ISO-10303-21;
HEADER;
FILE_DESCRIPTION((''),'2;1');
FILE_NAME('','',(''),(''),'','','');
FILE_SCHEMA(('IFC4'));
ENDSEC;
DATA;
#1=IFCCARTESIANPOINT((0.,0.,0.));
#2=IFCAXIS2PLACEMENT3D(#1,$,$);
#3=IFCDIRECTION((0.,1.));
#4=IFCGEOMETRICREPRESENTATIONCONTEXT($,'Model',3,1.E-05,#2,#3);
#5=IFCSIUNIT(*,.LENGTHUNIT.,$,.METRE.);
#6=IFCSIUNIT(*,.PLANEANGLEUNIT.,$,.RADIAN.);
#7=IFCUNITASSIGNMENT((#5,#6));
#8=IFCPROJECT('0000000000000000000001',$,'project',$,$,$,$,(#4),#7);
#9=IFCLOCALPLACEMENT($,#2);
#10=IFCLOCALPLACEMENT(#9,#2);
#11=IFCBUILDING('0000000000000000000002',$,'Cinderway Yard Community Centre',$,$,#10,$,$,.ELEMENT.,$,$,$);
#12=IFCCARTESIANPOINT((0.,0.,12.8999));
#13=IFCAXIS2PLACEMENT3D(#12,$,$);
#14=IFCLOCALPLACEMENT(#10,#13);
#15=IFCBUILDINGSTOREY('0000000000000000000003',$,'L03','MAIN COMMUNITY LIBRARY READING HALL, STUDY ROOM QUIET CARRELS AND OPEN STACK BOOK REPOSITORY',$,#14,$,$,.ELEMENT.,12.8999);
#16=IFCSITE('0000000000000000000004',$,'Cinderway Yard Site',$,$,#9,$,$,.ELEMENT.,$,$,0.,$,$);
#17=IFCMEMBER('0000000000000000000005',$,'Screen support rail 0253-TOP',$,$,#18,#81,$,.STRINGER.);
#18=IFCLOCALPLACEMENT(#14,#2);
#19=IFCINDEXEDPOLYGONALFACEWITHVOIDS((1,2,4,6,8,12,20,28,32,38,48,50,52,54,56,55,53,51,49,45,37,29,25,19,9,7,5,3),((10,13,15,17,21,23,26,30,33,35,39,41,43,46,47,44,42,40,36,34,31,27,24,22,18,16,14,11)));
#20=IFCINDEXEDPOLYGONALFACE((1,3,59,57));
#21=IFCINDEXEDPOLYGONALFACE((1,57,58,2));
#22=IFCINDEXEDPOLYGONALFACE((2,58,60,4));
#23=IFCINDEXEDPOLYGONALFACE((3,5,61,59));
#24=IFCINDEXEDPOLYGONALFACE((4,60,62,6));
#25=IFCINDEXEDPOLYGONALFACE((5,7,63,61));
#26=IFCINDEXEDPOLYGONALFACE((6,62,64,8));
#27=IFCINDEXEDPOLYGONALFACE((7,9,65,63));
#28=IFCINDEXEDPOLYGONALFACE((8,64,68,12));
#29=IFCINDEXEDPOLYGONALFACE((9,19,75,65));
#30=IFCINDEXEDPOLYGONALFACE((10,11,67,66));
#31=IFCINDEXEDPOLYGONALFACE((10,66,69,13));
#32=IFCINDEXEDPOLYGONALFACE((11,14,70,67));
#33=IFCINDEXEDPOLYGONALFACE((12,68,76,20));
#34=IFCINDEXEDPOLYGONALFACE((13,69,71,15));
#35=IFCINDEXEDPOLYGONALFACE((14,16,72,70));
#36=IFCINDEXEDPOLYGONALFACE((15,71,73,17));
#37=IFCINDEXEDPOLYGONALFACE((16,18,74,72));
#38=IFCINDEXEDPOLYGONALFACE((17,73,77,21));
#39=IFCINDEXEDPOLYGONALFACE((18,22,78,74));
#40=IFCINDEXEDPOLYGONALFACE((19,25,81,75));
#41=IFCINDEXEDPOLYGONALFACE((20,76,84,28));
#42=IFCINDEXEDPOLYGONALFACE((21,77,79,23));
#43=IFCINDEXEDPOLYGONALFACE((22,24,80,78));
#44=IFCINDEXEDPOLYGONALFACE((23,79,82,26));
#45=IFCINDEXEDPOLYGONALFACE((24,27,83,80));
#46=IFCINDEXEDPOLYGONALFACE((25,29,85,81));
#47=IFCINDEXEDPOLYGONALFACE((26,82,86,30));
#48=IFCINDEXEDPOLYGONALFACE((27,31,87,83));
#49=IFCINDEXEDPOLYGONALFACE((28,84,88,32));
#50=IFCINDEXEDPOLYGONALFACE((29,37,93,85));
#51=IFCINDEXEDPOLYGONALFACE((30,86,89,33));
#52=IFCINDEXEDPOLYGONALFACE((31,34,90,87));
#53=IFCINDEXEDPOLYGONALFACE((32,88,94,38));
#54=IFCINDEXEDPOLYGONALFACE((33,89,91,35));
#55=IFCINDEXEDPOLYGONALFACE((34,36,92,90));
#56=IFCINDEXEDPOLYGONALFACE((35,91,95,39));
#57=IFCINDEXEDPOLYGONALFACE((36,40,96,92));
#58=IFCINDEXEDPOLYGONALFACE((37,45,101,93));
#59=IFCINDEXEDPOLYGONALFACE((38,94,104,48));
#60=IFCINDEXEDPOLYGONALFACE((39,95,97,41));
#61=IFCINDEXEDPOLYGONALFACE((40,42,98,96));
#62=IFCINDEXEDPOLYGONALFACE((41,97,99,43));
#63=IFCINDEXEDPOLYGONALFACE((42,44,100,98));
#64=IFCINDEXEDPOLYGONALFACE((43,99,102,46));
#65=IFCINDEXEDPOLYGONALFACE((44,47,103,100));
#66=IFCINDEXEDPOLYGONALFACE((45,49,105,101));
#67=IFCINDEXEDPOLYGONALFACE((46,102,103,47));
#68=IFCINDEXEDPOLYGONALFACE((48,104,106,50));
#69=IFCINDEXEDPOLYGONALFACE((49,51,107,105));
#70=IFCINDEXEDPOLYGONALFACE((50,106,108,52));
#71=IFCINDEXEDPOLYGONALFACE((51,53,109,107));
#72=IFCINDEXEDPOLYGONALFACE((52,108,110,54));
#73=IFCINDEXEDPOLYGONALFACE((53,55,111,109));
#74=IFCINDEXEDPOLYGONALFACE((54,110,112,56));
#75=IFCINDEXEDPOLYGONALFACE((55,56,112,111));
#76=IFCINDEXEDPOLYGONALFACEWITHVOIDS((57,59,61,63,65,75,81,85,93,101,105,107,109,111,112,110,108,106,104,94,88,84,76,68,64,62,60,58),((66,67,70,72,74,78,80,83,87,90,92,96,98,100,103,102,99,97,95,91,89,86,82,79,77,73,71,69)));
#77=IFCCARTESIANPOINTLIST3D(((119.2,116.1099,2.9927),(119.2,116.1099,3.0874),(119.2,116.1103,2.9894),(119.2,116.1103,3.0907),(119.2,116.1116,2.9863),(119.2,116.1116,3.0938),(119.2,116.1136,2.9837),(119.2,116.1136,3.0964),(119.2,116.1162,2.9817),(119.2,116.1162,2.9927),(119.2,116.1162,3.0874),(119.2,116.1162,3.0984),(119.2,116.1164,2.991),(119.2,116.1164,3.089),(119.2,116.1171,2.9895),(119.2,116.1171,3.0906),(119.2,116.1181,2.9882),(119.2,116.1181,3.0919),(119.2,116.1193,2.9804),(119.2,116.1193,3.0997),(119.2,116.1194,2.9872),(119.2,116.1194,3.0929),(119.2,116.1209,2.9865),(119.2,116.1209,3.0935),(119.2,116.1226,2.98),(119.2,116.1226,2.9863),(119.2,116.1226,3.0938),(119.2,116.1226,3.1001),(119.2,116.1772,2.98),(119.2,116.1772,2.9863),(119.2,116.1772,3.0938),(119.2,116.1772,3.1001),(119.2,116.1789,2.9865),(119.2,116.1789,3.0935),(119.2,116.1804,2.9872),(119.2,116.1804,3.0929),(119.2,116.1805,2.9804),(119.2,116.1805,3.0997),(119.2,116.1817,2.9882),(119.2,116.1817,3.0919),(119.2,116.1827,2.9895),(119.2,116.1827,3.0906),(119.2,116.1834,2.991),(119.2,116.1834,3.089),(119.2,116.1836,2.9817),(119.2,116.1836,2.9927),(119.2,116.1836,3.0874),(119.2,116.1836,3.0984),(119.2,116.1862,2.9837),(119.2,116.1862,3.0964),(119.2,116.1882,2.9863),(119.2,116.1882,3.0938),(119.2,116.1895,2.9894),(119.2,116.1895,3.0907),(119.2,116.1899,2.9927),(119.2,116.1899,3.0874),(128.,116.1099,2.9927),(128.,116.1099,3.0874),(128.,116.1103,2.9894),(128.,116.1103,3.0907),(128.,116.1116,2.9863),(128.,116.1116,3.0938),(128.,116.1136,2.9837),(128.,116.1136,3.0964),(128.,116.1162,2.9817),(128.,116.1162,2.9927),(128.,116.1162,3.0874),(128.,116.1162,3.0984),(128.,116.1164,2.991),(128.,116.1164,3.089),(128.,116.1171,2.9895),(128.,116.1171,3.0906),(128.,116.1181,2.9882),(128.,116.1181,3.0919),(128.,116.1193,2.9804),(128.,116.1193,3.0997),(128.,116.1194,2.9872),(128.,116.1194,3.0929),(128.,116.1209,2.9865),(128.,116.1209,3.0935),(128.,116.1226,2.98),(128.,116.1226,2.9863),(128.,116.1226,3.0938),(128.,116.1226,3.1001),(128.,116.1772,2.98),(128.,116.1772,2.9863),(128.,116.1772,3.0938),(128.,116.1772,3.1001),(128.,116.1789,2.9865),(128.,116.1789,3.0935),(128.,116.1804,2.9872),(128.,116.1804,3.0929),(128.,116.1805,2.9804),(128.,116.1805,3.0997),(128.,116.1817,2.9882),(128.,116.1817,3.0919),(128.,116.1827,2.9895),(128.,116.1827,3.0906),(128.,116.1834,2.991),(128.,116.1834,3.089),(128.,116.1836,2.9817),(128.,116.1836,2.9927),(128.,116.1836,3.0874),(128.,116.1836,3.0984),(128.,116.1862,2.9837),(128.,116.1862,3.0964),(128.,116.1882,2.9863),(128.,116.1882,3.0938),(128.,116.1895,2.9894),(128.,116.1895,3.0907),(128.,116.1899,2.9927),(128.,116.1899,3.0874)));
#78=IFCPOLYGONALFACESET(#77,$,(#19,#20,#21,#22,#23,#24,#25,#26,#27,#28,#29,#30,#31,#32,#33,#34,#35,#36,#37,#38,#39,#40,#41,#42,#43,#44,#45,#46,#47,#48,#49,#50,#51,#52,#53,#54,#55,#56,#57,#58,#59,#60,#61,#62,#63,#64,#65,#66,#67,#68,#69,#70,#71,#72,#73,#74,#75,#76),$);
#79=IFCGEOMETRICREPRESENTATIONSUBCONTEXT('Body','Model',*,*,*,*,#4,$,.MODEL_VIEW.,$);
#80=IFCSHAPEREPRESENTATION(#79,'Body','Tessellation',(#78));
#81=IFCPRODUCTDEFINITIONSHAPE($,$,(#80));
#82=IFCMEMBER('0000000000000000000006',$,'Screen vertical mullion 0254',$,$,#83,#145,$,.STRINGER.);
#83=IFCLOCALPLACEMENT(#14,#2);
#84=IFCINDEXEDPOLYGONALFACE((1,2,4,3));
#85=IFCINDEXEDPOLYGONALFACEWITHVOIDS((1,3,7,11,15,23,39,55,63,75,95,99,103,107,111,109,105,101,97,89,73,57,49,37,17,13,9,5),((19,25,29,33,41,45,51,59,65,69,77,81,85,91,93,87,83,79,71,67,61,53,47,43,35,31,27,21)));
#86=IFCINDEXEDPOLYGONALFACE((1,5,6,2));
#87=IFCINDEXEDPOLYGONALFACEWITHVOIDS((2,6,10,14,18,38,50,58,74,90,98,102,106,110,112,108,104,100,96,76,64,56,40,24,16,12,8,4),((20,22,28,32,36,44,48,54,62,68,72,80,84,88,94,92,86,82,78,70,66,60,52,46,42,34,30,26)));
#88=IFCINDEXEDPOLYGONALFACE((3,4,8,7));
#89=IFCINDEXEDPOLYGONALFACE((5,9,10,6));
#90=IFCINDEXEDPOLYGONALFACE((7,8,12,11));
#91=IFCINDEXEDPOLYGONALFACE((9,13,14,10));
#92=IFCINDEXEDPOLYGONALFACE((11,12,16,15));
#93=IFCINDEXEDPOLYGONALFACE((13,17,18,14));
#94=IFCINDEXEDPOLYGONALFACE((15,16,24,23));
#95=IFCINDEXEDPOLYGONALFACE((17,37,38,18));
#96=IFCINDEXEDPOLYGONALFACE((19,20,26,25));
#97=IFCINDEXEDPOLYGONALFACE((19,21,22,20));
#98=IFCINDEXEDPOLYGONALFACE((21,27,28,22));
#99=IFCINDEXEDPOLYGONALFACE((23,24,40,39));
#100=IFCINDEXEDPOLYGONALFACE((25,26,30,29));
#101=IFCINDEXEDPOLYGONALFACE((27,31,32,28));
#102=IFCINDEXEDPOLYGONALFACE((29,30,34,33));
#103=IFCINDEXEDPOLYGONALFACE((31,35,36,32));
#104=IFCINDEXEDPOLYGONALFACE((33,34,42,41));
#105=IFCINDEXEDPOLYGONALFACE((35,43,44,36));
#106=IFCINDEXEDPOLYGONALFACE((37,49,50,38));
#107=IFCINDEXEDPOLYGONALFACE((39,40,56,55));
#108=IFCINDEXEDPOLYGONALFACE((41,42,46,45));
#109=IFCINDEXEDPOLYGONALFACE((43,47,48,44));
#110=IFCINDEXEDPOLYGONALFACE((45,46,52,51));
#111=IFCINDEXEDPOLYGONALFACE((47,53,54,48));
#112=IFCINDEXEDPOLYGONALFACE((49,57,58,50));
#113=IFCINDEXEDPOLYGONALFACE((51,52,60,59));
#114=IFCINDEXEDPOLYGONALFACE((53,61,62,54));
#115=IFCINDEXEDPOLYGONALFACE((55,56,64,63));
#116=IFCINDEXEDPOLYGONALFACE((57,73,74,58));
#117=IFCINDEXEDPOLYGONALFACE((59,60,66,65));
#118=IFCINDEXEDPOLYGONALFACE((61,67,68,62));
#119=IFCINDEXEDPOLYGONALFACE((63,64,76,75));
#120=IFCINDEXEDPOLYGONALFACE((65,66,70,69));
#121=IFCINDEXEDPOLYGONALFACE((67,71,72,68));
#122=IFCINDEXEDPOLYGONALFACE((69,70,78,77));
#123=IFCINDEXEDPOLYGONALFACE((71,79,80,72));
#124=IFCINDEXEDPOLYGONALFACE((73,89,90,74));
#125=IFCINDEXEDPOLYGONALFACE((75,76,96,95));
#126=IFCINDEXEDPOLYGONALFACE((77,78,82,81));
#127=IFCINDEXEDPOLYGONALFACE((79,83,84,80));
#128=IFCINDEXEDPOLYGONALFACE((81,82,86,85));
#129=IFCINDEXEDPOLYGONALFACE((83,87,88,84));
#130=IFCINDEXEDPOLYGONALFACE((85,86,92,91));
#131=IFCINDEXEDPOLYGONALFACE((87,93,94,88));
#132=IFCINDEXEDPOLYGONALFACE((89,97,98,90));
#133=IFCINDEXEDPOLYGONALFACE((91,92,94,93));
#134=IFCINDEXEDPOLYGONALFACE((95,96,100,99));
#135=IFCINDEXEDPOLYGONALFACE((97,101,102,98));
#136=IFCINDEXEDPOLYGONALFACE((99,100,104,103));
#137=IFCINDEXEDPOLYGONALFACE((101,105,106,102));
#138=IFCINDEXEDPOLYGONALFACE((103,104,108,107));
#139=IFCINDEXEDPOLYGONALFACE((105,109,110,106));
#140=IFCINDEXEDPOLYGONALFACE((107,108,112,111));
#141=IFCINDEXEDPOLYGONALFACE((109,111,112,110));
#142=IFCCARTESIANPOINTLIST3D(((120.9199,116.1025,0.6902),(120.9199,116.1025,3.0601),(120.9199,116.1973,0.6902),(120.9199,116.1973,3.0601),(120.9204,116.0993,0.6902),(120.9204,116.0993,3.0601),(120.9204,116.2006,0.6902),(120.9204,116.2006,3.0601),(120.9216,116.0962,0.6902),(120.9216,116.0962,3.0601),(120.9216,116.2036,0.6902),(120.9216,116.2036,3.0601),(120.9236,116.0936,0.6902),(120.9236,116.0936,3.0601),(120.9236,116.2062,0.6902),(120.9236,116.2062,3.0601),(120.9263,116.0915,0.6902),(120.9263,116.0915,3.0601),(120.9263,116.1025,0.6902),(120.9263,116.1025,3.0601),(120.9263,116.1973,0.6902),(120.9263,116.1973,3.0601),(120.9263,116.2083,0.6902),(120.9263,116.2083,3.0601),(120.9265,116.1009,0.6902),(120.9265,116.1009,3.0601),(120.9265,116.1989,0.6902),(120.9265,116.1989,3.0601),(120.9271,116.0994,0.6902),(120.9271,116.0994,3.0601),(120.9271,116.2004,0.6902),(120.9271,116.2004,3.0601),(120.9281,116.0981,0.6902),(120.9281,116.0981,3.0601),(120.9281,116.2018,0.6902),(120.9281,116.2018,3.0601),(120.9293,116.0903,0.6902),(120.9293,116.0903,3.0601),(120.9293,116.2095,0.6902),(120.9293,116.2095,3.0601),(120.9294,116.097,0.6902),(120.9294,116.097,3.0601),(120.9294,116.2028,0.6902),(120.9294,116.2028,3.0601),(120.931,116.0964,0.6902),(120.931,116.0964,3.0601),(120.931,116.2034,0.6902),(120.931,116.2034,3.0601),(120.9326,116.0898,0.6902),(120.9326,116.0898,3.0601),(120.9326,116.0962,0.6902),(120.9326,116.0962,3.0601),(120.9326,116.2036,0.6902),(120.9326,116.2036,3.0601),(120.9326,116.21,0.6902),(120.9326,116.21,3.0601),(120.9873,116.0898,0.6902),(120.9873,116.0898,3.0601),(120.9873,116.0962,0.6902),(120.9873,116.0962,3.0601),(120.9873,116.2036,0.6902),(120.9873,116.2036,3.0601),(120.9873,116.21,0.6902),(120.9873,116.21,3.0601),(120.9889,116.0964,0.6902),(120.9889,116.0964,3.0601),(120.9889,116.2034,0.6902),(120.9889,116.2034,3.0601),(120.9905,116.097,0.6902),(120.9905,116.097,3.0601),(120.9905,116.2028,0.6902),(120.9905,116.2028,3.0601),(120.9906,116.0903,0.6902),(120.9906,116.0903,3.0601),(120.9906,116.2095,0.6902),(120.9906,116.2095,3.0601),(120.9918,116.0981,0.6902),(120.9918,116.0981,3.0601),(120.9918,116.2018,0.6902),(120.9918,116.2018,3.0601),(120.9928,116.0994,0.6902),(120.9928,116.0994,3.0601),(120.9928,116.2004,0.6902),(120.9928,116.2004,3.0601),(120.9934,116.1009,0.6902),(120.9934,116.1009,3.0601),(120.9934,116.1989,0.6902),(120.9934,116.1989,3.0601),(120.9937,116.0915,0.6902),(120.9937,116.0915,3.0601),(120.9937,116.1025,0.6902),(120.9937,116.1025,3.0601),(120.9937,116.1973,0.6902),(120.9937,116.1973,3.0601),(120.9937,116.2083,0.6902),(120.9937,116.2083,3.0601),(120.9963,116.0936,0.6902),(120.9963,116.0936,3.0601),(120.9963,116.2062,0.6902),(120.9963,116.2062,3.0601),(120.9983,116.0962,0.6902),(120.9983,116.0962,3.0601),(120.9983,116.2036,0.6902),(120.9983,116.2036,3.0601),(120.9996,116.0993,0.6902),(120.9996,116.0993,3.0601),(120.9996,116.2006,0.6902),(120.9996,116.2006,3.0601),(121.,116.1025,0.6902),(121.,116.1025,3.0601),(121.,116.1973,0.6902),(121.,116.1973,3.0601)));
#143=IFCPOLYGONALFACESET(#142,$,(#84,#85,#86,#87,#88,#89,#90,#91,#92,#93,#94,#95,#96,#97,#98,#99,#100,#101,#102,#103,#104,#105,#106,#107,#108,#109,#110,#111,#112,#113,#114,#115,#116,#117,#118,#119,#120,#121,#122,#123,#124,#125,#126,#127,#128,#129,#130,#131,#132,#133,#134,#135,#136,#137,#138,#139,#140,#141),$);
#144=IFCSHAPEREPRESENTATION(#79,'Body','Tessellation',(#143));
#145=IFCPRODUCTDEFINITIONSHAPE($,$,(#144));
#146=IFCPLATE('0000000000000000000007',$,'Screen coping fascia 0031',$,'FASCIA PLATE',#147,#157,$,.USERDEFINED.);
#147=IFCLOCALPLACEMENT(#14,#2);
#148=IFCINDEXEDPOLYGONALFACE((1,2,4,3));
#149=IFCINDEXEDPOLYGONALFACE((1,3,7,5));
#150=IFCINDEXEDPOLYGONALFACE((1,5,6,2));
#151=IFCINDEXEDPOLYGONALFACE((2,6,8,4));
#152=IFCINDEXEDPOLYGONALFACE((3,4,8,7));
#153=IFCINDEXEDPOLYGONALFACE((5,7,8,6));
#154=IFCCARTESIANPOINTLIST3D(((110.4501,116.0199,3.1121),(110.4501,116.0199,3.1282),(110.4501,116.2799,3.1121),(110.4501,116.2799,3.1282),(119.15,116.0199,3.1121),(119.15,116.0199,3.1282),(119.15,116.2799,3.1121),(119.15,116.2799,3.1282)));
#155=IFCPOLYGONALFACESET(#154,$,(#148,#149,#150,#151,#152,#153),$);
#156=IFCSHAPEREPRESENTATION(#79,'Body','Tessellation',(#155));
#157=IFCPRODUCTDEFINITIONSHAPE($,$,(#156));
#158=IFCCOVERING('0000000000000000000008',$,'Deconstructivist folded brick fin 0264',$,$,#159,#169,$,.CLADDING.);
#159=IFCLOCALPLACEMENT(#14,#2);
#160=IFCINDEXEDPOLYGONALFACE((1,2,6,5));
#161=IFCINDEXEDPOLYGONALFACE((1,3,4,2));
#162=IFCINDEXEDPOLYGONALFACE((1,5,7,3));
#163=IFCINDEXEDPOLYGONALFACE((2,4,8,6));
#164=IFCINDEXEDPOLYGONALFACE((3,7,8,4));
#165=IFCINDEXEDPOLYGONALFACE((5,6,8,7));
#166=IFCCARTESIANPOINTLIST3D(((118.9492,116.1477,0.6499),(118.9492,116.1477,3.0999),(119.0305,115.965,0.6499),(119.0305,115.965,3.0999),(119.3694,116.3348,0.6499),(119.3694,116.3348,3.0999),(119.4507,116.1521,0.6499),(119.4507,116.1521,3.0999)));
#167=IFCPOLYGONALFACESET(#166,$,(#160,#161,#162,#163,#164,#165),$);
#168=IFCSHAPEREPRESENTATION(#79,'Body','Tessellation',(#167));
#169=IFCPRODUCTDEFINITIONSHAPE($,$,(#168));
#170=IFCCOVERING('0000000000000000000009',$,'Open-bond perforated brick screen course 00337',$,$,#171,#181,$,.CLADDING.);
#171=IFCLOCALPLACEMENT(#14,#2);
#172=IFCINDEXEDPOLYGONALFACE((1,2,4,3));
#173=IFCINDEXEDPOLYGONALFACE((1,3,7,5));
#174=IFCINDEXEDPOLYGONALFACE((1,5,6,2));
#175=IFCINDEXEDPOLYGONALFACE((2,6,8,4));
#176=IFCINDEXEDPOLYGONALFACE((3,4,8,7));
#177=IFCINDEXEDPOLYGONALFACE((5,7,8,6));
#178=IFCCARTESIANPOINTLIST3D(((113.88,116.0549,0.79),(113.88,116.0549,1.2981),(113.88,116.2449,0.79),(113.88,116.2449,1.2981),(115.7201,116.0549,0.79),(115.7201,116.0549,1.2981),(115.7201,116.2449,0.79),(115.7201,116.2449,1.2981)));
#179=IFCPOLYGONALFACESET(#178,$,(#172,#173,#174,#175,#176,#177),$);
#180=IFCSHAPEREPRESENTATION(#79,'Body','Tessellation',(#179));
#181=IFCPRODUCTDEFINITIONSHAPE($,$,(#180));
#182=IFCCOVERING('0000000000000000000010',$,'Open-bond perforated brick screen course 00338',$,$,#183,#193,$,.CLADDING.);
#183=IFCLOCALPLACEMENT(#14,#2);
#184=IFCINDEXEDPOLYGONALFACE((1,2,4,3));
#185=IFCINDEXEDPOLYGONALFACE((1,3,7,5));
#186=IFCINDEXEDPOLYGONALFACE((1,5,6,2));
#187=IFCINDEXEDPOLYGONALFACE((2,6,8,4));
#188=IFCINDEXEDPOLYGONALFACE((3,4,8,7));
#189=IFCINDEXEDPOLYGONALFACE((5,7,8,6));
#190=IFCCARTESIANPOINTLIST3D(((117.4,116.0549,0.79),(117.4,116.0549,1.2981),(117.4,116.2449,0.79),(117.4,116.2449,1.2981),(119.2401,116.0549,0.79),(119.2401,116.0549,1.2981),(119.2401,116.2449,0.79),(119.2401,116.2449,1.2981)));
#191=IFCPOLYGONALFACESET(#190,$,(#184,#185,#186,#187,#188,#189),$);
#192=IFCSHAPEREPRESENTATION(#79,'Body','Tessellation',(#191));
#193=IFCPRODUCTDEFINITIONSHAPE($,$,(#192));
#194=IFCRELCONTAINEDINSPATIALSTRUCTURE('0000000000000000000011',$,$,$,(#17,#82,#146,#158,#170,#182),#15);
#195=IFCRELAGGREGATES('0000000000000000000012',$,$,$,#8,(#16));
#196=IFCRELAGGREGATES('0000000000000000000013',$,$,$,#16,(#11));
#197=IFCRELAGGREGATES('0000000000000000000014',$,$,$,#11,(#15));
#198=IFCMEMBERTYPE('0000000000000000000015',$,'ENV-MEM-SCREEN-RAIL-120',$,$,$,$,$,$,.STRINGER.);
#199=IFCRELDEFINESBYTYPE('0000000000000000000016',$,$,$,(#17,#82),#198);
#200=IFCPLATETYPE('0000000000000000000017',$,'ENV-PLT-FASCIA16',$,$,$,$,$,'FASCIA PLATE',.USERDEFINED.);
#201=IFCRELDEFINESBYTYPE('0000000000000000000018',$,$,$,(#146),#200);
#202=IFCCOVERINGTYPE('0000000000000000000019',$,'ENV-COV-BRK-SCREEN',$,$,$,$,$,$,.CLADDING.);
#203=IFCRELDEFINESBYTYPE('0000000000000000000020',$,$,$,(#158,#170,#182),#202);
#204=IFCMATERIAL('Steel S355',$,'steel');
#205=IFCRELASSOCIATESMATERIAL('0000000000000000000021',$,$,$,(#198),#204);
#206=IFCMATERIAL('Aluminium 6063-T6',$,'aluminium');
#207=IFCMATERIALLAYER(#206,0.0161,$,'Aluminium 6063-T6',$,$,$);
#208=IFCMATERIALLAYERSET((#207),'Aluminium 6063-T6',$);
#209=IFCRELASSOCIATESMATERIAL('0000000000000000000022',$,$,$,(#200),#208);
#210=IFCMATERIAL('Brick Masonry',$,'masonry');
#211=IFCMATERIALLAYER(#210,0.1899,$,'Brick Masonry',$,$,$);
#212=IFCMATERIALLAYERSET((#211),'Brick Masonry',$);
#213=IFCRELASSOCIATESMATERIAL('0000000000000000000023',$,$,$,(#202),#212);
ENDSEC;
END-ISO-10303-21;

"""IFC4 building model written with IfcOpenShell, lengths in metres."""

from ifc_helpers import new_model, si_unit, direction, frame, origin, origin_2d, place, context, subcontext, project, spatial, rectangle, hollow_rectangle, extrude, material, layer, layer_set, material_profile, profile_set, type_object, element, save


model = new_model("IFC4")

# Units and contexts
model_context = context("Model", 3, precision=1e-05, world=origin(), true_north=direction((0.0, 1.0)))
body_context = subcontext(model_context, "Body", "Model", "MODEL_VIEW")
ifc_project = project(units=[si_unit("LENGTHUNIT", "METRE"), si_unit("PLANEANGLEUNIT", "RADIAN")], contexts=[model_context])

# Site, building, storey
site_placement = place(None, origin())
site = spatial("IfcSite", under=ifc_project, at=site_placement, Name="Cinderway Yard Site", CompositionType="ELEMENT", RefElevation=0.0)
building_placement = place(site_placement, origin())
building = spatial("IfcBuilding", under=site, at=building_placement, Name="Cinderway Yard Community Centre", CompositionType="ELEMENT")
storey_placement = place(building_placement, frame((0.0, 0.0, 12.8999)))
storey = spatial("IfcBuildingStorey", under=building, at=storey_placement, Name="L03", Description="MAIN COMMUNITY LIBRARY READING HALL, STUDY ROOM QUIET CARRELS AND OPEN STACK BOOK REPOSITORY", CompositionType="ELEMENT", Elevation=12.8999)

# Members
ifc_material_1 = material(Name="Steel S355", Category="steel")
ifc_material_profile = material_profile(ifc_material_1, hollow_rectangle(XDim=0.0801, YDim=0.1201, WallThickness=0.0063, InnerFilletRadius=0.0063, OuterFilletRadius=0.0127, at=origin_2d()), Name="Steel S355")
ifc_profile_set = profile_set([ifc_material_profile], Name="Steel S355")
member_type = type_object("IfcMemberType", Name="ENV-MEM-SCREEN-RAIL-120", PredefinedType="STRINGER", material=ifc_profile_set)
for number, where, z_axis, x_axis, name in (
    (1, (119.2, 116.1499, 3.04), (1.0, 0.0, 0.0), (0.0, 1.0, 0.0), "Screen support rail 0253-TOP"),
):
    element("IfcMember", number, at=place(storey_placement, frame(where, z_axis=z_axis, x_axis=x_axis)), inside=storey, type_object=member_type, Name=name, PredefinedType="STRINGER", context=body_context, shape_type="SweptSolid", body=[
        extrude(hollow_rectangle(XDim=0.0801, YDim=0.1201, WallThickness=0.0063, InnerFilletRadius=0.0063, OuterFilletRadius=0.0127, at=origin_2d()), origin(), (0.0, 0.0, 1.0), 8.8),
    ])
member_placement = place(storey_placement, frame((120.96, 116.1499, 0.6902), z_axis=(0.0, 0.0, 1.0), x_axis=(1.0, 0.0, 0.0)))
element("IfcMember", 2, at=member_placement, inside=storey, type_object=member_type, Name="Screen vertical mullion 0254", PredefinedType="STRINGER", context=body_context, shape_type="SweptSolid", body=[
    extrude(hollow_rectangle(XDim=0.0801, YDim=0.1201, WallThickness=0.0063, InnerFilletRadius=0.0063, OuterFilletRadius=0.0127, at=origin_2d()), origin(), (0.0, 0.0, 1.0), 2.3699),
])

# Plate
ifc_material_2 = material(Name="Aluminium 6063-T6", Category="aluminium")
ifc_layer_1 = layer(ifc_material_2, 0.0161, Name="Aluminium 6063-T6")
ifc_layer_set_1 = layer_set([ifc_layer_1], Name="Aluminium 6063-T6")
plate_type = type_object("IfcPlateType", Name="ENV-PLT-FASCIA16", ElementType="FASCIA PLATE", PredefinedType="USERDEFINED", material=ifc_layer_set_1)
plate_placement = place(storey_placement, frame((114.8, 116.1499, 3.1121), z_axis=(0.0, 0.0, 1.0), x_axis=(1.0, 0.0, 0.0)))
element("IfcPlate", 3, at=plate_placement, inside=storey, type_object=plate_type, Name="Screen coping fascia 0031", ObjectType="FASCIA PLATE", PredefinedType="USERDEFINED", context=body_context, shape_type="SweptSolid", body=[
    extrude(rectangle(XDim=8.7, YDim=0.26, at=origin_2d()), origin(), (0.0, 0.0, 1.0), 0.0161),
])

# Coverings
ifc_material_3 = material(Name="Brick Masonry", Category="masonry")
ifc_layer_2 = layer(ifc_material_3, 0.1899, Name="Brick Masonry")
ifc_layer_set_2 = layer_set([ifc_layer_2], Name="Brick Masonry")
covering_type = type_object("IfcCoveringType", Name="ENV-COV-BRK-SCREEN", PredefinedType="CLADDING", material=ifc_layer_set_2)
covering_placement = place(storey_placement, frame((119.2, 116.1499, 0.6499), z_axis=(0.0, 0.0, 1.0), x_axis=(0.913545, 0.406737, 0.0)))
element("IfcCovering", 4, at=covering_placement, inside=storey, type_object=covering_type, Name="Deconstructivist folded brick fin 0264", PredefinedType="CLADDING", context=body_context, shape_type="SweptSolid", body=[
    extrude(rectangle(XDim=0.46, YDim=0.2, at=origin_2d()), origin(), (0.0, 0.0, 1.0), 2.45),
])
for number, where, z_axis, x_axis, name in (
    (5, (114.8, 116.1499, 0.79), (0.0, 0.0, 1.0), (1.0, 0.0, 0.0), "Open-bond perforated brick screen course 00337"),
    (6, (118.3201, 116.1499, 0.79), (0.0, 0.0, 1.0), (1.0, 0.0, 0.0), "Open-bond perforated brick screen course 00338"),
):
    element("IfcCovering", number, at=place(storey_placement, frame(where, z_axis=z_axis, x_axis=x_axis)), inside=storey, type_object=covering_type, Name=name, PredefinedType="CLADDING", context=body_context, shape_type="SweptSolid", body=[
        extrude(rectangle(XDim=1.8401, YDim=0.1899, at=origin_2d()), origin(), (0.0, 0.0, 1.0), 0.5081),
    ])

save(model, "model.ifc")
